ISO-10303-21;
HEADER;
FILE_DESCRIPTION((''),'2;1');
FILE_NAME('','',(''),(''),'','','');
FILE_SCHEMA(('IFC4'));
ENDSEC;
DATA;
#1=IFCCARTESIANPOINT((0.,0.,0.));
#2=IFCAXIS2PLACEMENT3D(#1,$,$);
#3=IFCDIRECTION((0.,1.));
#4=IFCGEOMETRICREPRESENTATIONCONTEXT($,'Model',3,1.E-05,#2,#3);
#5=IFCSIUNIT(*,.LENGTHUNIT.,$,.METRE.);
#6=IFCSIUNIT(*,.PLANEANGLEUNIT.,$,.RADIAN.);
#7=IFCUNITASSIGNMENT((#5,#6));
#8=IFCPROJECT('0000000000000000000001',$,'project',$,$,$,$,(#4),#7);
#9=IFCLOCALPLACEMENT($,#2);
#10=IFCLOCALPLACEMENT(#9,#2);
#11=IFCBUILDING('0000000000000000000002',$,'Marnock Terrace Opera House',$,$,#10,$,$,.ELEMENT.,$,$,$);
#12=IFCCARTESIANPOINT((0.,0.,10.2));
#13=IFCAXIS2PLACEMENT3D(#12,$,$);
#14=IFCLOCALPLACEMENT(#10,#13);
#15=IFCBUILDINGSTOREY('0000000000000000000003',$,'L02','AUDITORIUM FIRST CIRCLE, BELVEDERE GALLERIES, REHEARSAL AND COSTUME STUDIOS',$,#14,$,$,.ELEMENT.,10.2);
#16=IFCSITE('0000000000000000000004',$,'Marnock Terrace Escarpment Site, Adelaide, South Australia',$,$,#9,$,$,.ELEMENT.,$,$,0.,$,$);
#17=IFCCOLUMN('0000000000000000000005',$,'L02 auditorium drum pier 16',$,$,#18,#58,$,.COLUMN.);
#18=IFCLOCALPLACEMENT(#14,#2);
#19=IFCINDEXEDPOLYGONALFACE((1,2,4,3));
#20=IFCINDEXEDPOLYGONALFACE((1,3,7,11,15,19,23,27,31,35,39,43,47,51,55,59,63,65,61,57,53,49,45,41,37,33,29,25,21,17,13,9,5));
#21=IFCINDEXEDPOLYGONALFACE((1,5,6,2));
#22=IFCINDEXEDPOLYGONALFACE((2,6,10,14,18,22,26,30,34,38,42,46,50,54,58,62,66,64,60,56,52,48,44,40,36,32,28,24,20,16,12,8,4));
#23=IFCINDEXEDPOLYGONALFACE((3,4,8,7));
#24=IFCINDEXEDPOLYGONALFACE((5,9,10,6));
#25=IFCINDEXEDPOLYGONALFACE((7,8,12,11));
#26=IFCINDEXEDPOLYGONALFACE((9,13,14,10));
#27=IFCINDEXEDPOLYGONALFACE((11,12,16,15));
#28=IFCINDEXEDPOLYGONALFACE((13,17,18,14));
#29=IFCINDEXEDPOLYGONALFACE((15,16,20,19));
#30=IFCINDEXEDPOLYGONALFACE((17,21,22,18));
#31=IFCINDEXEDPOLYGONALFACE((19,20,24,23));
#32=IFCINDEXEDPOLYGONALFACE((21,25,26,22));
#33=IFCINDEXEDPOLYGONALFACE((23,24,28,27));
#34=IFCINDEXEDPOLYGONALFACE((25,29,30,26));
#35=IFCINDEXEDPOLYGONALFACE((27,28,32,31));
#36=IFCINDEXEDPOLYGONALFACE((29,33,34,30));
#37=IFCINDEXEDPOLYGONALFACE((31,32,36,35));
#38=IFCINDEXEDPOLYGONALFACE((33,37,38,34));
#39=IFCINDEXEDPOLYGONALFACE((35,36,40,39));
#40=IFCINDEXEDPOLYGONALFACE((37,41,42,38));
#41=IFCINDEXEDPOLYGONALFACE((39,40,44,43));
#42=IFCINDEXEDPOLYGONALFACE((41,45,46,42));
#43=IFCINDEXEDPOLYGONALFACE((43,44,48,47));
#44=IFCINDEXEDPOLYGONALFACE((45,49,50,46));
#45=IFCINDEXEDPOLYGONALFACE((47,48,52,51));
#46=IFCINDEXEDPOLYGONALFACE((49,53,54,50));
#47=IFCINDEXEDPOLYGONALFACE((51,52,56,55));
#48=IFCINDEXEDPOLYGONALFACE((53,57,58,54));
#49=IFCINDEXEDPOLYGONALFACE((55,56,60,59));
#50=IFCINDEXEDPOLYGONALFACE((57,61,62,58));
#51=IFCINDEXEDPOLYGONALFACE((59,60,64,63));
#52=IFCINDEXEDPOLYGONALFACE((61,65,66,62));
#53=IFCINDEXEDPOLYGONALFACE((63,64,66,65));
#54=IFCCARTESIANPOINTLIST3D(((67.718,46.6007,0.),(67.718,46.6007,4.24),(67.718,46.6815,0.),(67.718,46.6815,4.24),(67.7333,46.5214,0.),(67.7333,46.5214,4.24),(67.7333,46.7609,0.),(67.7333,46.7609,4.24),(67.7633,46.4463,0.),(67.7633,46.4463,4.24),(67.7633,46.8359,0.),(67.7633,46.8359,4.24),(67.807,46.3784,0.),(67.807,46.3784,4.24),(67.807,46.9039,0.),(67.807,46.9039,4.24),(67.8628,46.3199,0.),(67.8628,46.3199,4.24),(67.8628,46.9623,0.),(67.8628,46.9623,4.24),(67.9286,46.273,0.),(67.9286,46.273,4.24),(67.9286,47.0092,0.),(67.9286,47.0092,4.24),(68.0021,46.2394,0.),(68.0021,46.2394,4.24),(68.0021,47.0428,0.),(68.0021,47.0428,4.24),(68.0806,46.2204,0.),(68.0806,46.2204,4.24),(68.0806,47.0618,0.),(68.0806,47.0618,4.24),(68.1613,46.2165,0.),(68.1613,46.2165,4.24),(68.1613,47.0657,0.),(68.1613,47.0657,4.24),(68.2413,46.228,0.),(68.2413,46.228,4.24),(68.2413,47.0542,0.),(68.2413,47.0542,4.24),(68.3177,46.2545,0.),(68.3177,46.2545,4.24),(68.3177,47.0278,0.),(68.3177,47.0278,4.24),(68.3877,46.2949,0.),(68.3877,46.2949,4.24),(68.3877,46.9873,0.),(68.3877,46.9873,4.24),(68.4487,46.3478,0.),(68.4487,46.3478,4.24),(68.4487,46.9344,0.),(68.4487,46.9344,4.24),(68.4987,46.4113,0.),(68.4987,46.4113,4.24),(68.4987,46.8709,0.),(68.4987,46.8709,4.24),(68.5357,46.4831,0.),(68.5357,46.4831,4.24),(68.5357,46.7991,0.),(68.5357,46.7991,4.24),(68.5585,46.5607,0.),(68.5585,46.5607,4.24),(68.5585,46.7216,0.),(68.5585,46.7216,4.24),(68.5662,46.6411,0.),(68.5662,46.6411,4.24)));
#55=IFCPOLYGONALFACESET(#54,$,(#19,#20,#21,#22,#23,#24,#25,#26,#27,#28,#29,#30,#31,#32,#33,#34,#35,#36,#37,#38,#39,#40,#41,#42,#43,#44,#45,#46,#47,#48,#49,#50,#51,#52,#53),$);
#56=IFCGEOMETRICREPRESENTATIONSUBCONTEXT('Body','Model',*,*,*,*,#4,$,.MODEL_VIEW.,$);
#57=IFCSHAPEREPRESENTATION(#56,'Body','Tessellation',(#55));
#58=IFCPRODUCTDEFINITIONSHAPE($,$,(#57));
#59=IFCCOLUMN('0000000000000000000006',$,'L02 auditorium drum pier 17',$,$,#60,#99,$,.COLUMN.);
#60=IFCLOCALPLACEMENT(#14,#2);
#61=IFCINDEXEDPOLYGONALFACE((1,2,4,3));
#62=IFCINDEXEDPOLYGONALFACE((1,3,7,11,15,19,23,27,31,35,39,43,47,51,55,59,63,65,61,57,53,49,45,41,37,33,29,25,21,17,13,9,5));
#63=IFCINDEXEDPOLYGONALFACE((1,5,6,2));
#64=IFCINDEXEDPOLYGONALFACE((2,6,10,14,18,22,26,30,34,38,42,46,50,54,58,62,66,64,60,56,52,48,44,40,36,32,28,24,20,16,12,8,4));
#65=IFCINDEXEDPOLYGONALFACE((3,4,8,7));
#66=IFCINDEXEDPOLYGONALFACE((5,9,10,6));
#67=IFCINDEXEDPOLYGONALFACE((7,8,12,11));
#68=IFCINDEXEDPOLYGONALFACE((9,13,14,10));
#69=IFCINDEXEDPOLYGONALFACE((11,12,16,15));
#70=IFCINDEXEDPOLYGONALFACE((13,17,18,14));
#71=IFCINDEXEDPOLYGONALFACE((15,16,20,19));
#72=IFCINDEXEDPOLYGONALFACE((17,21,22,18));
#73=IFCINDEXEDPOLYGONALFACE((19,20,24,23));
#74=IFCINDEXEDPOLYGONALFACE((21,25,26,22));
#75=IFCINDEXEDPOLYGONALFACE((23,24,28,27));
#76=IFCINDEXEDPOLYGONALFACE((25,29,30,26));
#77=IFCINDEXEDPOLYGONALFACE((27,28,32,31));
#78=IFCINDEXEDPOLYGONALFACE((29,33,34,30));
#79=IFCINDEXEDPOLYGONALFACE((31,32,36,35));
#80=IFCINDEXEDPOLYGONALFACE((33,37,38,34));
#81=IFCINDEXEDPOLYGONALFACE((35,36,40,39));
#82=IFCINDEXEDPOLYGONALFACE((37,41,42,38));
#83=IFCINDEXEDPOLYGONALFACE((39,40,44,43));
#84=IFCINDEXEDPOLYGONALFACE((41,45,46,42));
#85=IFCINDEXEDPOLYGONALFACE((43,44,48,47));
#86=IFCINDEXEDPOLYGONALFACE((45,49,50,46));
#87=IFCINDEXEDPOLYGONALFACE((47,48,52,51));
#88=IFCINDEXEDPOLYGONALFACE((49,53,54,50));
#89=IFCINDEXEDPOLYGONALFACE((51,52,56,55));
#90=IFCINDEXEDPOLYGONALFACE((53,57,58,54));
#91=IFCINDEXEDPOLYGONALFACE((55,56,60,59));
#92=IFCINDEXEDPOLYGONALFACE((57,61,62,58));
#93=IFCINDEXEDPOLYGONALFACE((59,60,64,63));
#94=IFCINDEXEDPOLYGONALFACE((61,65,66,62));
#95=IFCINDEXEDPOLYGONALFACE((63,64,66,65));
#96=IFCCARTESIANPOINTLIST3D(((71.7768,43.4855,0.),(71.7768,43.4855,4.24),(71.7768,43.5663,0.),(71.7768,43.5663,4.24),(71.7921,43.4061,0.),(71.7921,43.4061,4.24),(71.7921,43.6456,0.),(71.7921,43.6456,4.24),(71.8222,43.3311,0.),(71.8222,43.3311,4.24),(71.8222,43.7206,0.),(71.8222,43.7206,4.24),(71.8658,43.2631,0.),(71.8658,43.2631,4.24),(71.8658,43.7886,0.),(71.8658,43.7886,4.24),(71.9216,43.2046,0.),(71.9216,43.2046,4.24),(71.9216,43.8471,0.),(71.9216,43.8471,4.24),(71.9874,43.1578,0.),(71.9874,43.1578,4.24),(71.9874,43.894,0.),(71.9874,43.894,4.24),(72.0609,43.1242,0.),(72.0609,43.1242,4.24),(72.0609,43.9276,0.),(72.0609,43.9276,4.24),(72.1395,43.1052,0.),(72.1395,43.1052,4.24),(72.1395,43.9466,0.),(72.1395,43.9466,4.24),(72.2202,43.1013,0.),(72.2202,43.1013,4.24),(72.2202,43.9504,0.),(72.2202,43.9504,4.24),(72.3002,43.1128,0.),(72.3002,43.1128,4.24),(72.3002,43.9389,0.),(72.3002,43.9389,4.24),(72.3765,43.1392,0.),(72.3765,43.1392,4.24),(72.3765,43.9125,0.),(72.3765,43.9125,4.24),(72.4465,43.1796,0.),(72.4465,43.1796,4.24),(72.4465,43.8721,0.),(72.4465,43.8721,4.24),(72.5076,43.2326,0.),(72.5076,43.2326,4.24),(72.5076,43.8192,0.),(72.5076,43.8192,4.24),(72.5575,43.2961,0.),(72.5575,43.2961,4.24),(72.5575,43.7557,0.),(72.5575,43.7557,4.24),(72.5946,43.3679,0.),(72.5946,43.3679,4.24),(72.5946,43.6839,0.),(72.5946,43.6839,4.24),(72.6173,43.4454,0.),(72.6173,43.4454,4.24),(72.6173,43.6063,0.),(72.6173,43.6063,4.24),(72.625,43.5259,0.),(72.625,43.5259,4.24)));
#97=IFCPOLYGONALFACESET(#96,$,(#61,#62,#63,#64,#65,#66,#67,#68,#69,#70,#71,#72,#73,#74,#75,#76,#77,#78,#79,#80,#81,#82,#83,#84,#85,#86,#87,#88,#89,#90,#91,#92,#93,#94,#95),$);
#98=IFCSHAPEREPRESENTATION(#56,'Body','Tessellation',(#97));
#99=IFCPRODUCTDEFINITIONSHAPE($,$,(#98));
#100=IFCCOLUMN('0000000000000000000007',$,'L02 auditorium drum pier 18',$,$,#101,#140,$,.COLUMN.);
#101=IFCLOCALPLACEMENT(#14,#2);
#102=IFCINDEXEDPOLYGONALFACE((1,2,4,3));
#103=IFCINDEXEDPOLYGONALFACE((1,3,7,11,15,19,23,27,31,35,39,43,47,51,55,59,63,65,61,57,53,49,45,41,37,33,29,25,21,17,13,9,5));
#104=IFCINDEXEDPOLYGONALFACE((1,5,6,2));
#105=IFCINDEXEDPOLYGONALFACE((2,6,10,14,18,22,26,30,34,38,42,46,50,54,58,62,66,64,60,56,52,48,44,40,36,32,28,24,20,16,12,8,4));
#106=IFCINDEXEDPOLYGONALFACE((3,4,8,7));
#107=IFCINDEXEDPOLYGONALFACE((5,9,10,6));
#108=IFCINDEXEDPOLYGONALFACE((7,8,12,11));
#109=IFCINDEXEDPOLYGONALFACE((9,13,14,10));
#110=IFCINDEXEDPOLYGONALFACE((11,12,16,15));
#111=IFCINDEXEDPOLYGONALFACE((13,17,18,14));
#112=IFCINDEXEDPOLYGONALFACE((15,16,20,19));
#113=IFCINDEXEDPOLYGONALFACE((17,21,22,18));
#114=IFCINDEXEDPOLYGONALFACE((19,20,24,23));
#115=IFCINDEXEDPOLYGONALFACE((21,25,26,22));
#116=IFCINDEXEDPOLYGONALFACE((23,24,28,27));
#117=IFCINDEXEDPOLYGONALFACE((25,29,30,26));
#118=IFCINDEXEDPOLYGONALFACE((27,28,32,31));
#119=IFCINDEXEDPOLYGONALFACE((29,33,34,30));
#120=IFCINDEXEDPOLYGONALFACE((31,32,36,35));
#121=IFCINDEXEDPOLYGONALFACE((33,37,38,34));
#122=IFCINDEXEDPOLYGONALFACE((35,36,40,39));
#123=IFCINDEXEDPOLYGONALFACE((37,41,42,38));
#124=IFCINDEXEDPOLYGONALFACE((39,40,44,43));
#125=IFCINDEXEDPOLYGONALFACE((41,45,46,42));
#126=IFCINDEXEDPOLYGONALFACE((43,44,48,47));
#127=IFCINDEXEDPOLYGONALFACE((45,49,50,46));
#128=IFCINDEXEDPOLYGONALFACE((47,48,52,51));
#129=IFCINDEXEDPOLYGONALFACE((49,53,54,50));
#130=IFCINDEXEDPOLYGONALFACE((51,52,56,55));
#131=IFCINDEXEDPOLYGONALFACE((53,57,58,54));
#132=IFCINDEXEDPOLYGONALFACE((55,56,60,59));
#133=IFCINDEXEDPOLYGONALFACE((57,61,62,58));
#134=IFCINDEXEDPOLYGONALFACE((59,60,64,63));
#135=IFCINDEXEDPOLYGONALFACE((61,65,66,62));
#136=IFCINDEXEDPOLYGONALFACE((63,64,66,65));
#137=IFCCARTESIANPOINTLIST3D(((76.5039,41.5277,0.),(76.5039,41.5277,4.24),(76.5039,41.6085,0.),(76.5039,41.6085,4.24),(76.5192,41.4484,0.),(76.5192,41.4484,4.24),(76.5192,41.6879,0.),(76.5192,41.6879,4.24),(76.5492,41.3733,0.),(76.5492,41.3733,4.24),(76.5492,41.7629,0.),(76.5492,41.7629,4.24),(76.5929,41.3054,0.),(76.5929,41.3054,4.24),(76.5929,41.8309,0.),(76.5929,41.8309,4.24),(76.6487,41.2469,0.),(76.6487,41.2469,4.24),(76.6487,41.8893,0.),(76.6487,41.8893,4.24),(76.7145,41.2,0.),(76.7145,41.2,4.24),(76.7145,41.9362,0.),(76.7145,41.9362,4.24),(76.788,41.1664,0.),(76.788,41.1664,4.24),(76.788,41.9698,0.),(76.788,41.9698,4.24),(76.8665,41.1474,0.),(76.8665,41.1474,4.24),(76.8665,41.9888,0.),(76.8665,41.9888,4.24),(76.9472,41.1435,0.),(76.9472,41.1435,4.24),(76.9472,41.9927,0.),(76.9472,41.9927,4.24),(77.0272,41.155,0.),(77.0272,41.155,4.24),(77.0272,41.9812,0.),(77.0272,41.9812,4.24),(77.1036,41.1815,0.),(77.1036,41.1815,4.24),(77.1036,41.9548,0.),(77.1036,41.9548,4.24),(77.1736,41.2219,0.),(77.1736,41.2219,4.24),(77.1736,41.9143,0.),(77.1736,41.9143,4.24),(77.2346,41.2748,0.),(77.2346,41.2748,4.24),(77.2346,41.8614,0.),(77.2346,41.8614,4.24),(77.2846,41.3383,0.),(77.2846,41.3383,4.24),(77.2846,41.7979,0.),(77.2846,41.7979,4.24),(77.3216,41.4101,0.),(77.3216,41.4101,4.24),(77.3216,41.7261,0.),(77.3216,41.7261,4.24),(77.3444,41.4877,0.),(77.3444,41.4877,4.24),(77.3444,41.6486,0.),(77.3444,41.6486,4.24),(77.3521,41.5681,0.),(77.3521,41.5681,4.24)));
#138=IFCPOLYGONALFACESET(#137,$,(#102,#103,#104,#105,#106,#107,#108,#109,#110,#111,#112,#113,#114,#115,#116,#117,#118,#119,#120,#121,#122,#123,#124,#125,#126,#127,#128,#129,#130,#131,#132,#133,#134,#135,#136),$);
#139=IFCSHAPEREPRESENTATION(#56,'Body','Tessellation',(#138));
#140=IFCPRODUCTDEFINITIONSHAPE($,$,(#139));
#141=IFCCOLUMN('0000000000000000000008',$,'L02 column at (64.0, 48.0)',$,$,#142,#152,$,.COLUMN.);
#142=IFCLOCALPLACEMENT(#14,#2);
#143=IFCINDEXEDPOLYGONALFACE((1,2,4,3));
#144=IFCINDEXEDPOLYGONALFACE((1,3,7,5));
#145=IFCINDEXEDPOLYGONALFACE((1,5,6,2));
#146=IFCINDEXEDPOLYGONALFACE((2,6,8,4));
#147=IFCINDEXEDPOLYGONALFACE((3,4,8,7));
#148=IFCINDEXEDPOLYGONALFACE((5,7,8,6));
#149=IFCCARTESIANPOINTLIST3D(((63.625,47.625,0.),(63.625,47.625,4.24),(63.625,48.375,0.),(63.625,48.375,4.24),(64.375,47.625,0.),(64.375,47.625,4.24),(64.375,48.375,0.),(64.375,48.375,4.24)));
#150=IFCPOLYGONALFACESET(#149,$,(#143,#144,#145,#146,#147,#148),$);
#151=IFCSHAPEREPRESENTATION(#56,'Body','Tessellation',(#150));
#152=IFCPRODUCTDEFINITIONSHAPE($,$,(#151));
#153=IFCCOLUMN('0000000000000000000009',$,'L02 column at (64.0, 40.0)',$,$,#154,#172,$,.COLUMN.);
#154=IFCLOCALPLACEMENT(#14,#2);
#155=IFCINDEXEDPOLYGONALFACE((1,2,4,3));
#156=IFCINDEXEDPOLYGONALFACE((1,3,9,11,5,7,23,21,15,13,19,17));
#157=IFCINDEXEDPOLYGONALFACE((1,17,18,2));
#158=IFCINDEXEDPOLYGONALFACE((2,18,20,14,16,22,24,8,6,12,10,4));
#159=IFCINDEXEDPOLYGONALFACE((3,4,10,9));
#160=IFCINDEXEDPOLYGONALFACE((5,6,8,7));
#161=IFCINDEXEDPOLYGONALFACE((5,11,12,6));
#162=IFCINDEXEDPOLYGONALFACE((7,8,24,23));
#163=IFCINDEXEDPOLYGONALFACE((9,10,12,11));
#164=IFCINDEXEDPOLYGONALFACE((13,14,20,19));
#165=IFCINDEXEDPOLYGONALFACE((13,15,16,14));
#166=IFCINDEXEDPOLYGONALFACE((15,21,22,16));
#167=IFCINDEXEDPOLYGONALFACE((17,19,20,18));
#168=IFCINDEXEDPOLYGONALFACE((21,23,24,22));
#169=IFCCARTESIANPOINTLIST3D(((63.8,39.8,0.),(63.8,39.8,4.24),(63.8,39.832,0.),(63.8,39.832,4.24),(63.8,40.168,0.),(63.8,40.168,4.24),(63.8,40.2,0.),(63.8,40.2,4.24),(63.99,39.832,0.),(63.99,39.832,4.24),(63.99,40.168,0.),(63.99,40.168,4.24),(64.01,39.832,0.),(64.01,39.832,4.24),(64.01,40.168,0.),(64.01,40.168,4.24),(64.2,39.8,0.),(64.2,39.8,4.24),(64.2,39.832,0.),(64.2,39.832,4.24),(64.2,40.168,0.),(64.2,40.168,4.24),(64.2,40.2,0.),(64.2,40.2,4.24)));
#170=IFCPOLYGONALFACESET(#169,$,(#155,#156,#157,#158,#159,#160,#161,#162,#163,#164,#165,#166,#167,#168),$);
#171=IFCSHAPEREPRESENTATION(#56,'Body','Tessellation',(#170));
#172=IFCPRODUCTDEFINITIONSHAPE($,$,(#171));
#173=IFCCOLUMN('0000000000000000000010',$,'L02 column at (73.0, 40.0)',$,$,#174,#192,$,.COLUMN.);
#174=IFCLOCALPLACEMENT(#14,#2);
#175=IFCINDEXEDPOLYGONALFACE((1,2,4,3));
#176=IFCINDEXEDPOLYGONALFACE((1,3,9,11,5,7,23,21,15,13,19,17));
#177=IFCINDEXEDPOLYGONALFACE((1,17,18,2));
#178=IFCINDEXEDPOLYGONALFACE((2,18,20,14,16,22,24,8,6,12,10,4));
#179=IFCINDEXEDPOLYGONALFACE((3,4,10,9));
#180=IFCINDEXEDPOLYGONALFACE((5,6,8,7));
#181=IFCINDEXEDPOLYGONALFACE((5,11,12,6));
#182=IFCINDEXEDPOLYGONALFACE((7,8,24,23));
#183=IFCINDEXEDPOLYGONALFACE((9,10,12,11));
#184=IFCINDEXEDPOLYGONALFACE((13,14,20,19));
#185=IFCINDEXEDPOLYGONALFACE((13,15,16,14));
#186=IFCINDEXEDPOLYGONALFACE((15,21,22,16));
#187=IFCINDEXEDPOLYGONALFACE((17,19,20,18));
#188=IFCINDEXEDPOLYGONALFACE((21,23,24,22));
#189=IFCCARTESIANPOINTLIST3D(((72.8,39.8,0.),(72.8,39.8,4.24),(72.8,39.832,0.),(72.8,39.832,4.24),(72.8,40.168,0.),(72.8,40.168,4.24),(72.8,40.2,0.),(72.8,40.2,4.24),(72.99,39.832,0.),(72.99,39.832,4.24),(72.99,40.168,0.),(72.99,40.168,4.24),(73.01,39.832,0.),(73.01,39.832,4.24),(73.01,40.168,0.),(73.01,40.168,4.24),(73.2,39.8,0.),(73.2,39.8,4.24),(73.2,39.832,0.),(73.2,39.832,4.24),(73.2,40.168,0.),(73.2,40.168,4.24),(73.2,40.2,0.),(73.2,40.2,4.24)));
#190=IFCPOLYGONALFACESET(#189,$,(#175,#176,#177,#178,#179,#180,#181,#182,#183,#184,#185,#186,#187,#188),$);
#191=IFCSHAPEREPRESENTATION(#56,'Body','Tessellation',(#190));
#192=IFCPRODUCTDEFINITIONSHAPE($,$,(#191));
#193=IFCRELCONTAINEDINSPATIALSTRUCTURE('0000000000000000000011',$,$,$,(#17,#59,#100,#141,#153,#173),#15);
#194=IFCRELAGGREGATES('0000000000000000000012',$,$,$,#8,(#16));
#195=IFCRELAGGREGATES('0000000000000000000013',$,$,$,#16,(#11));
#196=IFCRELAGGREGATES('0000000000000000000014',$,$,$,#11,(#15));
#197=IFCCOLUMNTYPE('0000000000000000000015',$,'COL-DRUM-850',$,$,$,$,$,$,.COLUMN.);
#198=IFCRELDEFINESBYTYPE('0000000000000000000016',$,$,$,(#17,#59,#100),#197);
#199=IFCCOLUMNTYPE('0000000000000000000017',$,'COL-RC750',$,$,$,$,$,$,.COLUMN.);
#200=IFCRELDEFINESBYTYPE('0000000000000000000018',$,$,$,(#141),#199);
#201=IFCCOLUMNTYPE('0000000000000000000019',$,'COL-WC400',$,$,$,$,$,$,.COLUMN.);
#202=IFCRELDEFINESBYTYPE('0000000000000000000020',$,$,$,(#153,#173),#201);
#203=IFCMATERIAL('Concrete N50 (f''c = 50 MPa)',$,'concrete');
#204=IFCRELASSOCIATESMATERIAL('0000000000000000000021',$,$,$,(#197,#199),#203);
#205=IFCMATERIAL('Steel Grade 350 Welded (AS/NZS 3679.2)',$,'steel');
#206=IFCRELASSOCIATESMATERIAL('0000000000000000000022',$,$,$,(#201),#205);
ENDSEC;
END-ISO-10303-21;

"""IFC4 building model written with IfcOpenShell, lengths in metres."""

from ifc_helpers import new_model, si_unit, direction, frame, origin, origin_2d, place, context, subcontext, project, spatial, rectangle, circle, i_section, extrude, material, material_profile, profile_set, type_object, element, save


model = new_model("IFC4")

# Units and contexts
model_context = context("Model", 3, precision=1e-05, world=origin(), true_north=direction((0.0, 1.0)))
body_context = subcontext(model_context, "Body", "Model", "MODEL_VIEW")
ifc_project = project(units=[si_unit("LENGTHUNIT", "METRE"), si_unit("PLANEANGLEUNIT", "RADIAN")], contexts=[model_context])

# Site, building, storey
site_placement = place(None, origin())
site = spatial("IfcSite", under=ifc_project, at=site_placement, Name="Marnock Terrace Escarpment Site, Adelaide, South Australia", CompositionType="ELEMENT", RefElevation=0.0)
building_placement = place(site_placement, origin())
building = spatial("IfcBuilding", under=site, at=building_placement, Name="Marnock Terrace Opera House", CompositionType="ELEMENT")
storey_placement = place(building_placement, frame((0.0, 0.0, 10.2)))
storey = spatial("IfcBuildingStorey", under=building, at=storey_placement, Name="L02", Description="AUDITORIUM FIRST CIRCLE, BELVEDERE GALLERIES, REHEARSAL AND COSTUME STUDIOS", CompositionType="ELEMENT", Elevation=10.2)

# Columns
ifc_material_1 = material(Name="Concrete N50 (f'c = 50 MPa)", Category="concrete")
ifc_material_profile_1 = material_profile(ifc_material_1, circle(Radius=0.425, at=origin_2d()))
ifc_profile_set_1 = profile_set([ifc_material_profile_1], Name="Concrete N50 (f'c = 50 MPa)")
column_type_1 = type_object("IfcColumnType", Name="COL-DRUM-850", PredefinedType="COLUMN", material=ifc_profile_set_1)
for number, where, z_axis, x_axis, name in (
    (1, (68.1411, 46.6411, 0.0), (0.0, 0.0, 1.0), (1.0, 0.0, 0.0), "L02 auditorium drum pier 16"),
    (2, (72.2, 43.5259, 0.0), (0.0, 0.0, 1.0), (1.0, 0.0, 0.0), "L02 auditorium drum pier 17"),
    (3, (76.927, 41.5681, 0.0), (0.0, 0.0, 1.0), (1.0, 0.0, 0.0), "L02 auditorium drum pier 18"),
):
    element("IfcColumn", number, at=place(storey_placement, frame(where, z_axis=z_axis, x_axis=x_axis)), inside=storey, type_object=column_type_1, Name=name, PredefinedType="COLUMN", context=body_context, shape_type="SweptSolid", body=[
        extrude(circle(Radius=0.425, at=origin_2d()), origin(), (0.0, 0.0, 1.0), 4.24),
    ])
ifc_material_profile_2 = material_profile(ifc_material_1, rectangle(XDim=0.75, YDim=0.75, at=origin_2d()))
ifc_profile_set_2 = profile_set([ifc_material_profile_2], Name="Concrete N50 (f'c = 50 MPa)")
column_type_2 = type_object("IfcColumnType", Name="COL-RC750", PredefinedType="COLUMN", material=ifc_profile_set_2)
column_placement = place(storey_placement, frame((64.0, 48.0, 0.0), z_axis=(0.0, 0.0, 1.0), x_axis=(1.0, 0.0, 0.0)))
element("IfcColumn", 4, at=column_placement, inside=storey, type_object=column_type_2, Name="L02 column at (64.0, 48.0)", PredefinedType="COLUMN", context=body_context, shape_type="SweptSolid", body=[
    extrude(rectangle(XDim=0.75, YDim=0.75, at=origin_2d()), origin(), (0.0, 0.0, 1.0), 4.24),
])
ifc_material_2 = material(Name="Steel Grade 350 Welded (AS/NZS 3679.2)", Category="steel")
ifc_material_profile_3 = material_profile(ifc_material_2, i_section(OverallWidth=0.3999, OverallDepth=0.3999, WebThickness=0.02, FlangeThickness=0.032, at=origin_2d()))
ifc_profile_set_3 = profile_set([ifc_material_profile_3], Name="Steel Grade 350 Welded (AS/NZS 3679.2)")
column_type_3 = type_object("IfcColumnType", Name="COL-WC400", PredefinedType="COLUMN", material=ifc_profile_set_3)
for number, where, z_axis, x_axis, name in (
    (5, (64.0, 40.0, 0.0), (0.0, 0.0, 1.0), (1.0, 0.0, 0.0), "L02 column at (64.0, 40.0)"),
    (6, (73.0, 40.0, 0.0), (0.0, 0.0, 1.0), (1.0, 0.0, 0.0), "L02 column at (73.0, 40.0)"),
):
    element("IfcColumn", number, at=place(storey_placement, frame(where, z_axis=z_axis, x_axis=x_axis)), inside=storey, type_object=column_type_3, Name=name, PredefinedType="COLUMN", context=body_context, shape_type="SweptSolid", body=[
        extrude(i_section(OverallWidth=0.3999, OverallDepth=0.3999, WebThickness=0.02, FlangeThickness=0.032, at=origin_2d()), origin(), (0.0, 0.0, 1.0), 4.24),
    ])

save(model, "model.ifc")
